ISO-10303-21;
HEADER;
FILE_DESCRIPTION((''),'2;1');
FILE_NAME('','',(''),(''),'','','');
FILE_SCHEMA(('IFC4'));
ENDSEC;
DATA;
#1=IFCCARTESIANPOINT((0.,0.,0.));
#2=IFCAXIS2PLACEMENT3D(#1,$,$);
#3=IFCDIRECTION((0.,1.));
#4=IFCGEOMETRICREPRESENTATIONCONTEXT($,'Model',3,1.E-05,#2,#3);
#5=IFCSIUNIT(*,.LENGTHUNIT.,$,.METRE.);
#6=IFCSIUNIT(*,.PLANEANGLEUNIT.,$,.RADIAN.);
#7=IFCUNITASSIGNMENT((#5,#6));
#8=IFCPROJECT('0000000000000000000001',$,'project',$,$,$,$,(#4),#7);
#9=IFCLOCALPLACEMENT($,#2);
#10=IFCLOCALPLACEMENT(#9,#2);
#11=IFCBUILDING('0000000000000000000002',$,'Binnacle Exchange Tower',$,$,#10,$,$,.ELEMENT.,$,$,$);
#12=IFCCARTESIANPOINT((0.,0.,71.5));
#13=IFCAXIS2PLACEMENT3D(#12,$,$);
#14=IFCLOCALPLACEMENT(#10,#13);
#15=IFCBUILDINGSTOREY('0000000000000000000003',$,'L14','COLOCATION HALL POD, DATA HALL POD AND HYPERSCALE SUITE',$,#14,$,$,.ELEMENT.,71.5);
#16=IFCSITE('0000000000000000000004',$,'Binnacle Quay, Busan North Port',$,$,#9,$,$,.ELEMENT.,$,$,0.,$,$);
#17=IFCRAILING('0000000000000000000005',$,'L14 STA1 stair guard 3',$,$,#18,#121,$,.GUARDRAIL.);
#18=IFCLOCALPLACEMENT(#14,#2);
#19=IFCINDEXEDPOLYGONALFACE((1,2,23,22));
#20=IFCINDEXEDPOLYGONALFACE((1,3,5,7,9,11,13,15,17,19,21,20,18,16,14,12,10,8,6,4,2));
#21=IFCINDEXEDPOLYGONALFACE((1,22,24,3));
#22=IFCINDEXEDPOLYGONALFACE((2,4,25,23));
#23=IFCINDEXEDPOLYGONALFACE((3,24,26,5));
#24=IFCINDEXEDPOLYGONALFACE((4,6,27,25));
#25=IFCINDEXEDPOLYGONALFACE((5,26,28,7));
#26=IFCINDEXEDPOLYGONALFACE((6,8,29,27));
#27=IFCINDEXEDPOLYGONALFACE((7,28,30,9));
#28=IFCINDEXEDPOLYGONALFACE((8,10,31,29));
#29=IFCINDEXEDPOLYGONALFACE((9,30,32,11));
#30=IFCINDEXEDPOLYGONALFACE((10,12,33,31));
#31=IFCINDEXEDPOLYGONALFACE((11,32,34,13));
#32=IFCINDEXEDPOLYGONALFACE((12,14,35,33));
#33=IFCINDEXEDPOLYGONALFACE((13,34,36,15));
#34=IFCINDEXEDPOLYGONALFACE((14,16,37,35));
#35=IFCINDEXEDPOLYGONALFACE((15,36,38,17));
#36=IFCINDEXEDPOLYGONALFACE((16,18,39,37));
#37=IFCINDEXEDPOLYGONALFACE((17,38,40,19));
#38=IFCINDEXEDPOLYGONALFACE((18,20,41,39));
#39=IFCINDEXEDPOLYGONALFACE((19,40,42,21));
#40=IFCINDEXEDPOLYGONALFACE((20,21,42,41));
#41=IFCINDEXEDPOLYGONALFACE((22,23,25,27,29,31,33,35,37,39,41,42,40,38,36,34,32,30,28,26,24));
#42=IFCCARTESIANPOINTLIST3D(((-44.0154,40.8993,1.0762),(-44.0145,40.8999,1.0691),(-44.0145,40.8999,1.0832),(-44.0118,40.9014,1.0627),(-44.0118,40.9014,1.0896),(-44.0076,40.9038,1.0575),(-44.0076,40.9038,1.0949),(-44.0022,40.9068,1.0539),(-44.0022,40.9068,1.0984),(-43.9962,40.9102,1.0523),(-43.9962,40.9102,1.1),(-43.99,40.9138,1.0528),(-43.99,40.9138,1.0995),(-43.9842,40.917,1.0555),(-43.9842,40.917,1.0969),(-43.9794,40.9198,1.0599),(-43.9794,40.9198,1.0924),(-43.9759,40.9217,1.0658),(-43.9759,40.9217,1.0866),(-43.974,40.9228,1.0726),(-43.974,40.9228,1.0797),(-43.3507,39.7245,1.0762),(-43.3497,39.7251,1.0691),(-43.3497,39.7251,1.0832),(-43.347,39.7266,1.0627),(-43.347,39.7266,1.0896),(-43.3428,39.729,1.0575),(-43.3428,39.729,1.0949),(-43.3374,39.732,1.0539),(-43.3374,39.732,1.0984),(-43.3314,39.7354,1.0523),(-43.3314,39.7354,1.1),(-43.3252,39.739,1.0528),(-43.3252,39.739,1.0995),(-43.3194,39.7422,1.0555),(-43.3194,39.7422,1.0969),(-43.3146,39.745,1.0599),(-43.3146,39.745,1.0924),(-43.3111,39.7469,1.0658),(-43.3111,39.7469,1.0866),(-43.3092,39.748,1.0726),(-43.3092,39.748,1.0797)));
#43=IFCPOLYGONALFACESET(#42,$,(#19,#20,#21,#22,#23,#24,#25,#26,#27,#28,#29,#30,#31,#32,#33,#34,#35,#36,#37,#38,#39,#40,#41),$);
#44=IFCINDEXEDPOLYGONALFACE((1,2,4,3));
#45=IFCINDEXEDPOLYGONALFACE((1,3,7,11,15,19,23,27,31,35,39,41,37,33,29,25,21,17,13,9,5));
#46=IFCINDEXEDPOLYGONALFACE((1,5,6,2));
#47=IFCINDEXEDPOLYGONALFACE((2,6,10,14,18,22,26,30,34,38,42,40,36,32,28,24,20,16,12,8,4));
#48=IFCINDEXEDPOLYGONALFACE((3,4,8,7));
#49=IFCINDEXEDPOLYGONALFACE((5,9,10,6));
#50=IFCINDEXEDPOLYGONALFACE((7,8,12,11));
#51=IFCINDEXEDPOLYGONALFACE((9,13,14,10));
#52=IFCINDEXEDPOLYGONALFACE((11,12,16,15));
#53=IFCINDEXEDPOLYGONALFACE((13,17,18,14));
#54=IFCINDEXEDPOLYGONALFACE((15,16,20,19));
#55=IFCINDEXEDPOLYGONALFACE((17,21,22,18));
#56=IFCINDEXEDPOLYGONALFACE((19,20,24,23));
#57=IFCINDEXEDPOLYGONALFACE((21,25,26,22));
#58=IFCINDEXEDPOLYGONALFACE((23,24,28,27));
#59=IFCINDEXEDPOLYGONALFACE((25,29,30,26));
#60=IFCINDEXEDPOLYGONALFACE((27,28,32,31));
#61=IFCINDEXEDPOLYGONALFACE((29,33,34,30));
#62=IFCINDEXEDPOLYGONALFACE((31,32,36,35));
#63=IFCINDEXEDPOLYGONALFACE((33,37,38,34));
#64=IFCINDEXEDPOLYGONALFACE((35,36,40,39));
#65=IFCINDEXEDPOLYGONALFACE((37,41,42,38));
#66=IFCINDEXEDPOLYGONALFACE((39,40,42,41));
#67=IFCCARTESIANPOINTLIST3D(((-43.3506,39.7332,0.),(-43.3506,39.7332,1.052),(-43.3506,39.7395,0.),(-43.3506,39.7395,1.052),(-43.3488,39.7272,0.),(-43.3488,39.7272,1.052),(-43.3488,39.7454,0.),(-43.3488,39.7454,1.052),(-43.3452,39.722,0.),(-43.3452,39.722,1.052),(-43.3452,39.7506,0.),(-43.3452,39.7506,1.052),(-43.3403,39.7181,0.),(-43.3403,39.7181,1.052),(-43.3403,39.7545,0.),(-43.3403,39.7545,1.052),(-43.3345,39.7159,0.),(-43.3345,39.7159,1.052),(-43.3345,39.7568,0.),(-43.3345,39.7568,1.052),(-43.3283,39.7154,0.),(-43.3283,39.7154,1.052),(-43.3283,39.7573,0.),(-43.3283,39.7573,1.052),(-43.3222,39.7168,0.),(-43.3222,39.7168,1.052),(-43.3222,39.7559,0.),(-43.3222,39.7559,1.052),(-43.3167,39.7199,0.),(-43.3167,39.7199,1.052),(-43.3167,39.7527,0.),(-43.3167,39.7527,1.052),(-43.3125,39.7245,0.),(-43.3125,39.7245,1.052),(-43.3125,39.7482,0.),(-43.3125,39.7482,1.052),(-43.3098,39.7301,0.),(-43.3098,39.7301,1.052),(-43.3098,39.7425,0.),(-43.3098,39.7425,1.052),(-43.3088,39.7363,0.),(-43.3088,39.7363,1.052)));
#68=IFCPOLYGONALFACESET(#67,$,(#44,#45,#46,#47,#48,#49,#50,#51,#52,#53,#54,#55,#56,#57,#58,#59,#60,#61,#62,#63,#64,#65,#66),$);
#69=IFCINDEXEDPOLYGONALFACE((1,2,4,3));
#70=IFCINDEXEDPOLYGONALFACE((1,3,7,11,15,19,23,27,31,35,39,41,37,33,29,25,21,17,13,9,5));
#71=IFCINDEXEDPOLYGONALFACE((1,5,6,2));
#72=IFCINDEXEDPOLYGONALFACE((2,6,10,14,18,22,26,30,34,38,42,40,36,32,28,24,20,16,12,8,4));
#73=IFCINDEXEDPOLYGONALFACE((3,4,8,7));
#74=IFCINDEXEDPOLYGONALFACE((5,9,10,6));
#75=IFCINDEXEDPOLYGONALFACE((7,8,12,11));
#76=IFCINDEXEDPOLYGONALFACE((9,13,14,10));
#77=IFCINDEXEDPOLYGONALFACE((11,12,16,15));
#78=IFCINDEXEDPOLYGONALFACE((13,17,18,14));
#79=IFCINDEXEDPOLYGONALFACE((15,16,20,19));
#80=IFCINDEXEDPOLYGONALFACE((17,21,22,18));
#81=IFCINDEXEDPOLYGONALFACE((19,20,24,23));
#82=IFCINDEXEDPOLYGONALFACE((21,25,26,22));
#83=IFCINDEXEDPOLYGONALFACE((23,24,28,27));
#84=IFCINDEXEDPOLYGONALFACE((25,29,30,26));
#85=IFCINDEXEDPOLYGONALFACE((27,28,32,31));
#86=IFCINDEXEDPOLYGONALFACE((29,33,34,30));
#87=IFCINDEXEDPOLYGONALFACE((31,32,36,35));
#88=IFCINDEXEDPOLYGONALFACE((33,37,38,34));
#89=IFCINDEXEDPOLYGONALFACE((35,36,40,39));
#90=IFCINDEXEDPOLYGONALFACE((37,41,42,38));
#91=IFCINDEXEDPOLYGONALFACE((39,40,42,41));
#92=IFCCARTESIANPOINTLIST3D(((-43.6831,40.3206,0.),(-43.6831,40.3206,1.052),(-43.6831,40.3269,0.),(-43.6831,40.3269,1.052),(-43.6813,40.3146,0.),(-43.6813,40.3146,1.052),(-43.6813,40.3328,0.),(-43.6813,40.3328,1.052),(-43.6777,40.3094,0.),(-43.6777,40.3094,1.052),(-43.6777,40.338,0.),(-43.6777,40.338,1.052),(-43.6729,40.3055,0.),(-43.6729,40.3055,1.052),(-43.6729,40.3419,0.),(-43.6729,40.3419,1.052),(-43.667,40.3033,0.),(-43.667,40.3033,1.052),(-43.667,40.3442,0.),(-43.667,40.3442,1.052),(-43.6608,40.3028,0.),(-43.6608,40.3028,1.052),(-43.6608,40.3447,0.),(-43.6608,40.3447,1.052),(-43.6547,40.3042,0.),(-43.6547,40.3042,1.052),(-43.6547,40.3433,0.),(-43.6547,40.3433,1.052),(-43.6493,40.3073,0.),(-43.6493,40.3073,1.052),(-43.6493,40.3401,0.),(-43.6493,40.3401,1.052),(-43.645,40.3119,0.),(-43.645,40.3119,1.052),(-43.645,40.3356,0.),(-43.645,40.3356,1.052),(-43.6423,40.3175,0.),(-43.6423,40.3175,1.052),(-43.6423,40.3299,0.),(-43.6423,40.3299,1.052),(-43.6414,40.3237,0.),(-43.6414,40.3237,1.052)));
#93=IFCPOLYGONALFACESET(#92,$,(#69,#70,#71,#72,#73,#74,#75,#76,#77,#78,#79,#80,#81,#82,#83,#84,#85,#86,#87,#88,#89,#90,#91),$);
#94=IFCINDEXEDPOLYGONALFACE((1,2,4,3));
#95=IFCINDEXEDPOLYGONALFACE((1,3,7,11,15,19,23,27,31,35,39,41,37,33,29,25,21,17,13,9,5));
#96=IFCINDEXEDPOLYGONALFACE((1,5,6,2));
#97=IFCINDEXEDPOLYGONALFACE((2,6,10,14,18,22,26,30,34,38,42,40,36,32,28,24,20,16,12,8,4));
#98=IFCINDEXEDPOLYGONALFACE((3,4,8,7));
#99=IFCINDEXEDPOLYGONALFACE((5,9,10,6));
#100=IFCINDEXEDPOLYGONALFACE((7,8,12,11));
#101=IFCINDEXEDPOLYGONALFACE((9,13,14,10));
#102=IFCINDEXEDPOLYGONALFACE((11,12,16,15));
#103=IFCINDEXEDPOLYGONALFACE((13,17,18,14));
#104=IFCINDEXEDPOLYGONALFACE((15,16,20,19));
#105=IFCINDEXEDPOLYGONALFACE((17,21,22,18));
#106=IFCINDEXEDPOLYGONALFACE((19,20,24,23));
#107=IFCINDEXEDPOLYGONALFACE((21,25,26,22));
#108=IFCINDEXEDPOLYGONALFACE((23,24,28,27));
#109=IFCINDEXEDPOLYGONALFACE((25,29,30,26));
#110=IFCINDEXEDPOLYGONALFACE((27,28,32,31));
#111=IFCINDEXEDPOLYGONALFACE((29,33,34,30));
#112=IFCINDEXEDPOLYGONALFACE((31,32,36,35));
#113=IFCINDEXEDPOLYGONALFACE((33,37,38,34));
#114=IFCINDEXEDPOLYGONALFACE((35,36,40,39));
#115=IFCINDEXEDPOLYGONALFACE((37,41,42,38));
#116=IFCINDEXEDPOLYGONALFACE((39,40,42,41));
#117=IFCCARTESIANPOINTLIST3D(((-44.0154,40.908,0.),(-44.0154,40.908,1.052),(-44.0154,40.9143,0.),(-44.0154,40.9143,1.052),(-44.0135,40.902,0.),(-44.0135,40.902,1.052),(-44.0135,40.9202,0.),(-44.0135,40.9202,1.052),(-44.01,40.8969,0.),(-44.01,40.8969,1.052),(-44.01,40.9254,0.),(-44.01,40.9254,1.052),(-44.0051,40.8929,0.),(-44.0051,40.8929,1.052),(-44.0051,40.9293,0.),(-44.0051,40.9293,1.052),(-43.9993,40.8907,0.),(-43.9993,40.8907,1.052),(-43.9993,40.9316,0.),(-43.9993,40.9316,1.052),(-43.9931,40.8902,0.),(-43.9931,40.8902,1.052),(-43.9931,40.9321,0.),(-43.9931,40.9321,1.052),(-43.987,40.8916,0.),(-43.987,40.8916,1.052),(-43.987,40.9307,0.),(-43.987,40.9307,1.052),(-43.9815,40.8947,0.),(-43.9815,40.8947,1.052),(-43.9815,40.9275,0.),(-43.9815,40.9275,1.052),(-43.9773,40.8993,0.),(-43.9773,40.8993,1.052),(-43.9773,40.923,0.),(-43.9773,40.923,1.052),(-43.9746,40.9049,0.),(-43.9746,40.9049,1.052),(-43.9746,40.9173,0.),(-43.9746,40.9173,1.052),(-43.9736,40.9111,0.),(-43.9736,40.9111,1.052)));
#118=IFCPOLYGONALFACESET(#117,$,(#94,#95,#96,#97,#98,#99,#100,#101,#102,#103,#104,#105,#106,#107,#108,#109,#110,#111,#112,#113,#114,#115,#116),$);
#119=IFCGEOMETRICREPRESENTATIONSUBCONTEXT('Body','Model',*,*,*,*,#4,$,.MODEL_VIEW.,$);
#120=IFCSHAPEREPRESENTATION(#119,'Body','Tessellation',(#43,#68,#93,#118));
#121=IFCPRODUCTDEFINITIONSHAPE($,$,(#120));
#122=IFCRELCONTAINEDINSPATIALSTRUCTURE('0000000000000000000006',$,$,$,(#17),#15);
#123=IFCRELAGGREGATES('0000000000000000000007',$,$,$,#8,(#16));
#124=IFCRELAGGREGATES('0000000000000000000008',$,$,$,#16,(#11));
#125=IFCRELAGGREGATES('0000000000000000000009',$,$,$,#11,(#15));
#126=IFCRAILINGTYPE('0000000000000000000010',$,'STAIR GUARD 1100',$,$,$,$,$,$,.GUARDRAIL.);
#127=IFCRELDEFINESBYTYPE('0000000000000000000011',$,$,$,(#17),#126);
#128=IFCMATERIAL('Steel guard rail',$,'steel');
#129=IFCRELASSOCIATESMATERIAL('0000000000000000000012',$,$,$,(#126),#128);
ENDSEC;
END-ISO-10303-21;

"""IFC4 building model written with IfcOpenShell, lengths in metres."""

from ifc_helpers import new_model, si_unit, direction, frame, origin, origin_2d, place, context, subcontext, project, spatial, circle, extrude, material, type_object, element, save


model = new_model("IFC4")

# Units and contexts
model_context = context("Model", 3, precision=1e-05, world=origin(), true_north=direction((0.0, 1.0)))
body_context = subcontext(model_context, "Body", "Model", "MODEL_VIEW")
ifc_project = project(units=[si_unit("LENGTHUNIT", "METRE"), si_unit("PLANEANGLEUNIT", "RADIAN")], contexts=[model_context])

# Site, building, storey
site_placement = place(None, origin())
site = spatial("IfcSite", under=ifc_project, at=site_placement, Name="Binnacle Quay, Busan North Port", CompositionType="ELEMENT", RefElevation=0.0)
building_placement = place(site_placement, origin())
building = spatial("IfcBuilding", under=site, at=building_placement, Name="Binnacle Exchange Tower", CompositionType="ELEMENT")
storey_placement = place(building_placement, frame((0.0, 0.0, 71.5)))
storey = spatial("IfcBuildingStorey", under=building, at=storey_placement, Name="L14", Description="COLOCATION HALL POD, DATA HALL POD AND HYPERSCALE SUITE", CompositionType="ELEMENT", Elevation=71.5)

# Railing
ifc_material_1 = material(Name="Steel guard rail", Category="steel")
railing_type_1 = type_object("IfcRailingType", Name="STAIR GUARD 1100", PredefinedType="GUARDRAIL", material=ifc_material_1)
railing_1_placement = place(storey_placement, frame((-43.3298, 39.7363, 0.0)))
element("IfcRailing", 1, at=railing_1_placement, inside=storey, type_object=railing_type_1, Name="L14 STA1 stair guard 3", PredefinedType="GUARDRAIL", context=body_context, shape_type="SweptSolid", body=[
    extrude(circle(Radius=0.0239, at=origin_2d()), frame((0.0, 0.0, 1.0762), z_axis=(-0.492492, 0.870317, 0.0), x_axis=(-0.870317, -0.492492, 0.0)), (0.0, 0.0, 1.0), 1.3499),
    extrude(circle(Radius=0.021, at=origin_2d()), origin(), (0.0, 0.0, 1.0), 1.052),
    extrude(circle(Radius=0.021, at=origin_2d()), frame((-0.3325, 0.5874, 0.0)), (0.0, 0.0, 1.0), 1.052),
    extrude(circle(Radius=0.021, at=origin_2d()), frame((-0.6648, 1.1748, 0.0)), (0.0, 0.0, 1.0), 1.052),
])

save(model, "model.ifc")
